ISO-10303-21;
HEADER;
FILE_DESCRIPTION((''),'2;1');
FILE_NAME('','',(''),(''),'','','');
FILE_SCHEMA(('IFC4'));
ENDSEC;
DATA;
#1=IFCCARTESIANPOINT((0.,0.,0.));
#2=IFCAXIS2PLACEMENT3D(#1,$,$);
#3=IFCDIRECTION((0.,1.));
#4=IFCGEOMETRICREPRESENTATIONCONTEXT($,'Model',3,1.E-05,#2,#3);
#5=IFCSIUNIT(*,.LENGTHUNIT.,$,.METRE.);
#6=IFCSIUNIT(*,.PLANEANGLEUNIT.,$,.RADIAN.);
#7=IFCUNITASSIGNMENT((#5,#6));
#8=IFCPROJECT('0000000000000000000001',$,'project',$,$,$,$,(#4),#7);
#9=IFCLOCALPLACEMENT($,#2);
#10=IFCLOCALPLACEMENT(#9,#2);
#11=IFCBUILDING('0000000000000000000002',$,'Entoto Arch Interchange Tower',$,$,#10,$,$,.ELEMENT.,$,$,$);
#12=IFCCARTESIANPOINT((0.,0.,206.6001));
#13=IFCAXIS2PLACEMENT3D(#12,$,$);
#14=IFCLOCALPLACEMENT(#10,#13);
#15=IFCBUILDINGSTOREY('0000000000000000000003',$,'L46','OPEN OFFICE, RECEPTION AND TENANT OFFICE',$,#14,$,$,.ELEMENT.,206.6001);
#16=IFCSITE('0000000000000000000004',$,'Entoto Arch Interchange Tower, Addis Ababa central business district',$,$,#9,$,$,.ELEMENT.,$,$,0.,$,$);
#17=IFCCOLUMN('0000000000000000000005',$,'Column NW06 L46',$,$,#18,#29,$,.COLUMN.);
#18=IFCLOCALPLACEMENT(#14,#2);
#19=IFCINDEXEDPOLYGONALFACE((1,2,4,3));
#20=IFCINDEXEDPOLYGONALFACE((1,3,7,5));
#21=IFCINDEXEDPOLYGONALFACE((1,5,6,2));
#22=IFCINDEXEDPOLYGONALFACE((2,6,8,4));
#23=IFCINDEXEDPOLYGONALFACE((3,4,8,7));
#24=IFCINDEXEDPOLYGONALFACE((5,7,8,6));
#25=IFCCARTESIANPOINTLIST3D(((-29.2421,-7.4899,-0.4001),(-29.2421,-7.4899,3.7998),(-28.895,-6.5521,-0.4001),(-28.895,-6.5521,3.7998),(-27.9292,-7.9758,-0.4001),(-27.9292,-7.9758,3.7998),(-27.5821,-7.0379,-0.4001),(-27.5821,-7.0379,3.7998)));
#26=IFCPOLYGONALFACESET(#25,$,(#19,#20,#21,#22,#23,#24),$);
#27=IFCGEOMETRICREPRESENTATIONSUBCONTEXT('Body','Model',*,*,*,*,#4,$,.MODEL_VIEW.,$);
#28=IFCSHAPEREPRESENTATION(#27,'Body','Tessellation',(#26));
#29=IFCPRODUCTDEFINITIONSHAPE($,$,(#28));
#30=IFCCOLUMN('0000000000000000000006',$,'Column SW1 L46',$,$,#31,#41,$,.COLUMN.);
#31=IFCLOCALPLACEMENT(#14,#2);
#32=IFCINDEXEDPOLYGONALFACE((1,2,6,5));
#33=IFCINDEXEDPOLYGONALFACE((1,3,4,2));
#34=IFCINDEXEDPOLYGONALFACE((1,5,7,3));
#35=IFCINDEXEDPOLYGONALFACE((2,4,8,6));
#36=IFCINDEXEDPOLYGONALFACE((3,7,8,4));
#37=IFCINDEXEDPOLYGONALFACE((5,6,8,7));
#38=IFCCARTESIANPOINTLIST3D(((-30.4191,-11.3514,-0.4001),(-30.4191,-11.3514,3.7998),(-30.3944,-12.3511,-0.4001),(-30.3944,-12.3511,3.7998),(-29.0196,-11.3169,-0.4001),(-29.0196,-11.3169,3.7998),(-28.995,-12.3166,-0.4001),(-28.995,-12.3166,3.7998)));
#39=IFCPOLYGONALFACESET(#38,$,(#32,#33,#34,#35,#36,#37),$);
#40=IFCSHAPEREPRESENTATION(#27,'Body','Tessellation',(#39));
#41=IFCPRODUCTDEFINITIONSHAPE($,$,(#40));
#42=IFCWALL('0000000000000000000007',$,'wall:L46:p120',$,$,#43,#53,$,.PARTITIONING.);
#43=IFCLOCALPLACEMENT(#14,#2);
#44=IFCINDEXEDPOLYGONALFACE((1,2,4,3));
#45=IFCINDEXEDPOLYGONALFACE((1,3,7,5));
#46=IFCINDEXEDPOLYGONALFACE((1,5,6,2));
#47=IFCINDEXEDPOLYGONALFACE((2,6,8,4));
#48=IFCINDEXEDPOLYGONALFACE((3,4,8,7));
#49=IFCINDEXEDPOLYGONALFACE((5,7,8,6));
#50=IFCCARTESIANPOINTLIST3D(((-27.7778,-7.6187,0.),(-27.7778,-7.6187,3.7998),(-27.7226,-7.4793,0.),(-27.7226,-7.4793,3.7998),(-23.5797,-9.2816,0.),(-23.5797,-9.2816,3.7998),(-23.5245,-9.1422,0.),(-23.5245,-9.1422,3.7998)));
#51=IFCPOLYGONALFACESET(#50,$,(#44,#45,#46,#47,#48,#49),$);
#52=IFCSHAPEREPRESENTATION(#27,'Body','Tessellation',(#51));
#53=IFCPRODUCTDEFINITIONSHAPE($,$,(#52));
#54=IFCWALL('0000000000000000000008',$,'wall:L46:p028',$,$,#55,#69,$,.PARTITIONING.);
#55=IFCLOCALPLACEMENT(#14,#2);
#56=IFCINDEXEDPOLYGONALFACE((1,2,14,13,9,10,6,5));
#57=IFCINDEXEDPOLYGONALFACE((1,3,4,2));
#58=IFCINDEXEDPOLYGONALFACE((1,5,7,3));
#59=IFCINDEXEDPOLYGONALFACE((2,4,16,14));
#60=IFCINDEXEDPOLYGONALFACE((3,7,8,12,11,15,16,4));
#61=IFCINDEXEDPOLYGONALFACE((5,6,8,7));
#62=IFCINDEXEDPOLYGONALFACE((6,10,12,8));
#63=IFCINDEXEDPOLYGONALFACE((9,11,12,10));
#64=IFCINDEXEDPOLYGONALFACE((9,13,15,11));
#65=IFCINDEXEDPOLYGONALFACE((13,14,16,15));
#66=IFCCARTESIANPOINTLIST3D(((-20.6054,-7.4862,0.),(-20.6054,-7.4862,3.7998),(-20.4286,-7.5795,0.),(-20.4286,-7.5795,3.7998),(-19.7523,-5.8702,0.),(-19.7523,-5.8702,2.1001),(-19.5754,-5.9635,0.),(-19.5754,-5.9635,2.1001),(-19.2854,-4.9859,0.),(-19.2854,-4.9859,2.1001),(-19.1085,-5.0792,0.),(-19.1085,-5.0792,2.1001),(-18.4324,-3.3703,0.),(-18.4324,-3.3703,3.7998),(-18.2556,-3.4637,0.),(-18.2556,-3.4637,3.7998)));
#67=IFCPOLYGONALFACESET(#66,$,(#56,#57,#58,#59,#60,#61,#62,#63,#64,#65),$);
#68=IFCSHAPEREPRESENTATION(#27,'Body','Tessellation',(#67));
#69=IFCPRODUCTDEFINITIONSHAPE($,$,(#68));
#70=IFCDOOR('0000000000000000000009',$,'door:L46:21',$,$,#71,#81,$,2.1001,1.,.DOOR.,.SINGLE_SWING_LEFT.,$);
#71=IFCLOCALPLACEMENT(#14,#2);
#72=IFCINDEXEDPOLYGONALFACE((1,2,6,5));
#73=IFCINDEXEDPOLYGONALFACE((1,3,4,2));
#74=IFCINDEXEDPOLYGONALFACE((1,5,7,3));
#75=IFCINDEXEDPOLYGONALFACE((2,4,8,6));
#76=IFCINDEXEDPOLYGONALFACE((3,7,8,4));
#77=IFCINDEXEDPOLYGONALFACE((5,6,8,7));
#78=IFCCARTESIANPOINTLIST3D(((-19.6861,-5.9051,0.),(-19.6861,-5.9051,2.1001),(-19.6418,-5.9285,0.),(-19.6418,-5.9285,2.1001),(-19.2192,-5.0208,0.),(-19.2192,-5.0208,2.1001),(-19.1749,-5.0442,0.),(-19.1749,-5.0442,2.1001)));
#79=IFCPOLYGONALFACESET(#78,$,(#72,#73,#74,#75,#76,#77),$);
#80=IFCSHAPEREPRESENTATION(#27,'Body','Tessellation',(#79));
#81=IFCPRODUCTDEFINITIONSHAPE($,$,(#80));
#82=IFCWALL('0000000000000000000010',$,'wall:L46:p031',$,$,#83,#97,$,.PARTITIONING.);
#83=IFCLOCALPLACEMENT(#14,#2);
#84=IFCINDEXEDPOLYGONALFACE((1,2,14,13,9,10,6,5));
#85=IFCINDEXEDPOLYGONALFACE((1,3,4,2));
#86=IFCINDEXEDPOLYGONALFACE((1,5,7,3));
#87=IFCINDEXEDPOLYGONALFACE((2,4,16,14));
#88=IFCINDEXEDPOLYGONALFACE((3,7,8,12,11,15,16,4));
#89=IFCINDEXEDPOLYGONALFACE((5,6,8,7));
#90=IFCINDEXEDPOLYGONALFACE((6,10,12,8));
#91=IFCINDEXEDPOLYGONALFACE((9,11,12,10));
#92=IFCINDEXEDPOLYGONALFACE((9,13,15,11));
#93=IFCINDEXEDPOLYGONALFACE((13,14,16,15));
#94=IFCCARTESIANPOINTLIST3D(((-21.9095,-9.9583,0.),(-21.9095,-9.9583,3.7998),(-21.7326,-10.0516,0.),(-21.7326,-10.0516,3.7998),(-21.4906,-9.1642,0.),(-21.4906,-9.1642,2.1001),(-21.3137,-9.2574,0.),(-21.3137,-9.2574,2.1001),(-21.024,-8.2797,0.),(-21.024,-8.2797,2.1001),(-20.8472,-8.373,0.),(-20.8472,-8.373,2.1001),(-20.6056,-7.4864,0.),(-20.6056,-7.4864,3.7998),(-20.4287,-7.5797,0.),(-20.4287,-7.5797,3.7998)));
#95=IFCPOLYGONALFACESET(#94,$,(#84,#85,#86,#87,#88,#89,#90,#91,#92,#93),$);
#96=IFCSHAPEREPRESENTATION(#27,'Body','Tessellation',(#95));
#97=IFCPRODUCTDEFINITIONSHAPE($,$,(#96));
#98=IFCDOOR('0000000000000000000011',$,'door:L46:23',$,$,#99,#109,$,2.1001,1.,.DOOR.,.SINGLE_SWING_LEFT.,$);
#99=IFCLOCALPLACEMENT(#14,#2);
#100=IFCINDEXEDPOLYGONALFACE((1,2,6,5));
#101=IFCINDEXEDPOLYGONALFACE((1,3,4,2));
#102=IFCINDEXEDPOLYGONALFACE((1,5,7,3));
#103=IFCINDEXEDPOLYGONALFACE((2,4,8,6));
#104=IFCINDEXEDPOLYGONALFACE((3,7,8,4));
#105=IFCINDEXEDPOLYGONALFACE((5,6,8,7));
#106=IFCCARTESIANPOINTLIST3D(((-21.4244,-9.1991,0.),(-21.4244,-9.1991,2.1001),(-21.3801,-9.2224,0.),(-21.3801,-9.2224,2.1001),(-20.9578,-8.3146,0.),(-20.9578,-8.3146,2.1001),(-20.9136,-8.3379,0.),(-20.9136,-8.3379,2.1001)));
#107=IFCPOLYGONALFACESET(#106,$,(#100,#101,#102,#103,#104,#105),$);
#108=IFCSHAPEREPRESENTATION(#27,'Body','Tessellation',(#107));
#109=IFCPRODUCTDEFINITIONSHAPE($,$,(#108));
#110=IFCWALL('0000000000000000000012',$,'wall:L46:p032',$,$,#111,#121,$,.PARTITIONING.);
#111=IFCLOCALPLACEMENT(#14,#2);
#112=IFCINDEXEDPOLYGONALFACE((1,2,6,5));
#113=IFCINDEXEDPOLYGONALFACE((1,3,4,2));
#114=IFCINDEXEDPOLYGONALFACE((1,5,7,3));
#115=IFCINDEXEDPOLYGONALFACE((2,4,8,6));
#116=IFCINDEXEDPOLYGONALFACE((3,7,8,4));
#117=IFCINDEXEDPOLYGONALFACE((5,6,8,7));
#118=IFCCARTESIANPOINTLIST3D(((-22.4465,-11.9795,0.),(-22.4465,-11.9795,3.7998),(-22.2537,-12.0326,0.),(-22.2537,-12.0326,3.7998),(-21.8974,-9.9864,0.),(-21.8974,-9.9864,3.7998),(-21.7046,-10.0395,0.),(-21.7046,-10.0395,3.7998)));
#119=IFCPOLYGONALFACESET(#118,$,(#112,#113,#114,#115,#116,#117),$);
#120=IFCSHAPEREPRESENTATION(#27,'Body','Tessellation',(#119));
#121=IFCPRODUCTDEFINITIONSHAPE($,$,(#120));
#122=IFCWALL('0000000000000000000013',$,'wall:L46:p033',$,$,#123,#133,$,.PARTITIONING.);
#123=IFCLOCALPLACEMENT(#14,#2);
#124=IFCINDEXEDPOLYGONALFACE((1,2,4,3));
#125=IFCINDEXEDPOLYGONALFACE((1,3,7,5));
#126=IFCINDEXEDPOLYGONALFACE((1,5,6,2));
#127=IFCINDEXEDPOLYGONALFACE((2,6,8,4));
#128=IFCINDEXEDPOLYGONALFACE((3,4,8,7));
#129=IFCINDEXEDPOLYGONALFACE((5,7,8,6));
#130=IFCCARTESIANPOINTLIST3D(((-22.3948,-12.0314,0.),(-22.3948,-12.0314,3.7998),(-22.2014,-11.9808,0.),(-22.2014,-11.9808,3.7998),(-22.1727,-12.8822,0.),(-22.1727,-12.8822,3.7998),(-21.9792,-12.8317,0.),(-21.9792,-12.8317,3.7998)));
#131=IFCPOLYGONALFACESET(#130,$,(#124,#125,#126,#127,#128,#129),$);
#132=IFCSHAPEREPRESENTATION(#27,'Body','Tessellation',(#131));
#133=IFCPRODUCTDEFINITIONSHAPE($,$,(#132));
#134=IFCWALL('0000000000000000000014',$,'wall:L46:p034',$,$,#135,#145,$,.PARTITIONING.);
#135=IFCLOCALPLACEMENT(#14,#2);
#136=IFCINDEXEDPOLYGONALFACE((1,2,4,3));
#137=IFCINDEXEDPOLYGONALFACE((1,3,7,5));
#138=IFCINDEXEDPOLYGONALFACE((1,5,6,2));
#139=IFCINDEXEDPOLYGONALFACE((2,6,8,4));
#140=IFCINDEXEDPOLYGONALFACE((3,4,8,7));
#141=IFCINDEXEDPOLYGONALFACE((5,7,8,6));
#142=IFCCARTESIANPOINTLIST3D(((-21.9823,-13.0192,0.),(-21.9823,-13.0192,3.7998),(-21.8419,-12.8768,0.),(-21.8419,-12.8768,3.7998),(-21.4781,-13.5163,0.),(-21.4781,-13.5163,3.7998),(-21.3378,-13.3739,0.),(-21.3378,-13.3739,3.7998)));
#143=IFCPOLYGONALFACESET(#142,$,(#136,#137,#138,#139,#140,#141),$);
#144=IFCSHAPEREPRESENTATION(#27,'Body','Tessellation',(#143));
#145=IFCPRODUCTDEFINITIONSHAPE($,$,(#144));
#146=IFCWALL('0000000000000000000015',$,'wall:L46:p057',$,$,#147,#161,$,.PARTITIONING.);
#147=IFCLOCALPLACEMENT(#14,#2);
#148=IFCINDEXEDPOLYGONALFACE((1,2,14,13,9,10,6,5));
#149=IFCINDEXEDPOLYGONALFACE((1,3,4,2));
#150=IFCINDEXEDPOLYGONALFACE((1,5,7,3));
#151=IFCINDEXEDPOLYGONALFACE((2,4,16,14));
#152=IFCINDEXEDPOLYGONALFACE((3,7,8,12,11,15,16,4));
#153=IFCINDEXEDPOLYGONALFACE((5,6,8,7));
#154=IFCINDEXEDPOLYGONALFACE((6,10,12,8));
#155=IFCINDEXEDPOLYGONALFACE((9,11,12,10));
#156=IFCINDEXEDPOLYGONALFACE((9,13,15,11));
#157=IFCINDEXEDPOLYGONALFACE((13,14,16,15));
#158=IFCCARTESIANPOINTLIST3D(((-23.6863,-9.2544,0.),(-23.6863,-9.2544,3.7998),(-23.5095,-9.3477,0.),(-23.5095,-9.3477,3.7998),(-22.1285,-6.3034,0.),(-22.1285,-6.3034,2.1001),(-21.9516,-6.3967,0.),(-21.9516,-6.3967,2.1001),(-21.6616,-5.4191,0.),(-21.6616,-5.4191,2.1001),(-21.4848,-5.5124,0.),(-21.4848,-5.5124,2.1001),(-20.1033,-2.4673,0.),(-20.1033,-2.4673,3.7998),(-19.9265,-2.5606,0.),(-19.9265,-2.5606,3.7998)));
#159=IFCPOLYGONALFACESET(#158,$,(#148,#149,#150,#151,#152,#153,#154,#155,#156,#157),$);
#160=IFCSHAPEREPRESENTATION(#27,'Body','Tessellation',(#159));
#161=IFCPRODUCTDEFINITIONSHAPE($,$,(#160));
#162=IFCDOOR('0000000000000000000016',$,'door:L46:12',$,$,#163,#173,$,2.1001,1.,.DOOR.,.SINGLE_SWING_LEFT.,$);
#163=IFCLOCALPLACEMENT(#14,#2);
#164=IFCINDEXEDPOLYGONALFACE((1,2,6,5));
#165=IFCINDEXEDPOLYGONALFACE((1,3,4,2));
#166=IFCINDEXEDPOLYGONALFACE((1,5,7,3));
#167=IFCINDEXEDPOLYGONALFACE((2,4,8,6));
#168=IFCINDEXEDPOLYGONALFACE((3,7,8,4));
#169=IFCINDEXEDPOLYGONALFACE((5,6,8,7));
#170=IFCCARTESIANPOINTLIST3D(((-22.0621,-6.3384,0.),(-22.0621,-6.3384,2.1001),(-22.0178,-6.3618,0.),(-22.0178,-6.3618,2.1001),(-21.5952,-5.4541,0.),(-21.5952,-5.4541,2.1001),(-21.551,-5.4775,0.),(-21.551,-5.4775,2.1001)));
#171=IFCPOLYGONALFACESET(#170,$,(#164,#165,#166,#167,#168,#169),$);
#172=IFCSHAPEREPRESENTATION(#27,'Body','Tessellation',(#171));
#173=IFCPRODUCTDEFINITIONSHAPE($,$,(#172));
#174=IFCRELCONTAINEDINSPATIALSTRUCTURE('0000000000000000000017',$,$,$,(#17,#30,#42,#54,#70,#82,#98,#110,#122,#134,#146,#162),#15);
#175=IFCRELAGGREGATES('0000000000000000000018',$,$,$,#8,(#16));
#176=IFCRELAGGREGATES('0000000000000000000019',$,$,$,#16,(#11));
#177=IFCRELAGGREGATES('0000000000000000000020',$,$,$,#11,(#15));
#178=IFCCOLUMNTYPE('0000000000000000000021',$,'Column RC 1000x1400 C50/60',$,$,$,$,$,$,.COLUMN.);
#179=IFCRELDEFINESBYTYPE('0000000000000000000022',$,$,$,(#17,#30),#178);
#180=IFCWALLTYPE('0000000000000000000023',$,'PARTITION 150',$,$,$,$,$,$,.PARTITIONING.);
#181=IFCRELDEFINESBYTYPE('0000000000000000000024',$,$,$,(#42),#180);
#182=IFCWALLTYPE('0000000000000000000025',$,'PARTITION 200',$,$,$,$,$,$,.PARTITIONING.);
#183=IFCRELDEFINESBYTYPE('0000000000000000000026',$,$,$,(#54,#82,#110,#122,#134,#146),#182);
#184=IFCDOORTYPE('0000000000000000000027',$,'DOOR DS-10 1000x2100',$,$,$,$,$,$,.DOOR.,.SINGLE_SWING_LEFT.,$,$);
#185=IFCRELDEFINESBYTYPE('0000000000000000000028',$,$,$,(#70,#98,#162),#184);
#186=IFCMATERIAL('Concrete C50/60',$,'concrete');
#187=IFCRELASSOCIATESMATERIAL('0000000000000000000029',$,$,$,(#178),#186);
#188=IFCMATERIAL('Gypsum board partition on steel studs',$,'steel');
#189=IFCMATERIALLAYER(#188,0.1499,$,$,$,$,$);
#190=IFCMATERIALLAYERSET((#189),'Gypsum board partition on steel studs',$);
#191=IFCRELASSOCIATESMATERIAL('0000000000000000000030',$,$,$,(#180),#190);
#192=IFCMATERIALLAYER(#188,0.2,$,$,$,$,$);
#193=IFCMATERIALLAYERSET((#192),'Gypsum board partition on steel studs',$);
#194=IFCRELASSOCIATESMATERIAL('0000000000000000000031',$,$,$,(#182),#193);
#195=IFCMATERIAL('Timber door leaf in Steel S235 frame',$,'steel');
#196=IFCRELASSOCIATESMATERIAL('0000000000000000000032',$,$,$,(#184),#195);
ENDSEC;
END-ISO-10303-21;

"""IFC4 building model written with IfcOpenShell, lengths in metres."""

from ifc_helpers import new_model, si_unit, direction, frame, frame_2d, origin, origin_2d, place, context, subcontext, project, spatial, rectangle, extrude, material, layer, layer_set, material_profile, profile_set, type_object, element, fill, save


model = new_model("IFC4")

# Units and contexts
model_context = context("Model", 3, precision=1e-05, world=origin(), true_north=direction((0.0, 1.0)))
body_context = subcontext(model_context, "Body", "Model", "MODEL_VIEW")
ifc_project = project(units=[si_unit("LENGTHUNIT", "METRE"), si_unit("PLANEANGLEUNIT", "RADIAN")], contexts=[model_context])

# Site, building, storey
site_placement = place(None, origin())
site = spatial("IfcSite", under=ifc_project, at=site_placement, Name="Entoto Arch Interchange Tower, Addis Ababa central business district", CompositionType="ELEMENT", RefElevation=0.0)
building_placement = place(site_placement, origin())
building = spatial("IfcBuilding", under=site, at=building_placement, Name="Entoto Arch Interchange Tower", CompositionType="ELEMENT")
storey_placement = place(building_placement, frame((0.0, 0.0, 206.6001)))
storey = spatial("IfcBuildingStorey", under=building, at=storey_placement, Name="L46", Description="OPEN OFFICE, RECEPTION AND TENANT OFFICE", CompositionType="ELEMENT", Elevation=206.6001)

# Columns
ifc_material_1 = material(Name="Concrete C50/60", Category="concrete")
ifc_material_profile = material_profile(ifc_material_1, rectangle(XDim=1.0, YDim=1.3999, at=origin_2d()))
ifc_profile_set = profile_set([ifc_material_profile], Name="Concrete C50/60")
column_type = type_object("IfcColumnType", Name="Column RC 1000x1400 C50/60", PredefinedType="COLUMN", material=ifc_profile_set)
for number, where, z_axis, x_axis, name in (
    (1, (-28.4121, -7.2639, -0.4001), (0.0, 0.0, 1.0), (0.347067, 0.93784, 0.0), "Column NW06 L46"),
    (2, (-29.707, -11.834, -0.4001), (0.0, 0.0, 1.0), (-0.024676, 0.999695, 0.0), "Column SW1 L46"),
):
    element("IfcColumn", number, at=place(storey_placement, frame(where, z_axis=z_axis, x_axis=x_axis)), inside=storey, type_object=column_type, Name=name, PredefinedType="COLUMN", context=body_context, shape_type="SweptSolid", body=[
        extrude(rectangle(XDim=1.0, YDim=1.3999, at=origin_2d()), origin(), (0.0, 0.0, 1.0), 4.2),
    ])

# Wall
ifc_material_2 = material(Name="Gypsum board partition on steel studs", Category="steel")
ifc_layer_1 = layer(ifc_material_2, 0.1499)
ifc_layer_set_1 = layer_set([ifc_layer_1], Name="Gypsum board partition on steel studs")
wall_type_1 = type_object("IfcWallType", Name="PARTITION 150", PredefinedType="PARTITIONING", material=ifc_layer_set_1)
wall_1_placement = place(storey_placement, frame((-23.552, -9.2119, 0.0), z_axis=(0.0, 0.0, 1.0), x_axis=(-0.929721, 0.368266, 0.0)))
element("IfcWall", 3, at=wall_1_placement, inside=storey, type_object=wall_type_1, Name="wall:L46:p120", PredefinedType="PARTITIONING", context=body_context, shape_type="SweptSolid", body=[
    extrude(rectangle(XDim=4.5154, YDim=0.1499, at=frame_2d((2.2578, 0.0))), origin(), (0.0, 0.0, 1.0), 3.7998),
])

# Walls, openings, doors
ifc_layer_2 = layer(ifc_material_2, 0.2)
ifc_layer_set_2 = layer_set([ifc_layer_2], Name="Gypsum board partition on steel studs")
wall_type_2 = type_object("IfcWallType", Name="PARTITION 200", PredefinedType="PARTITIONING", material=ifc_layer_set_2)
wall_2_placement = place(storey_placement, frame((-18.344, -3.417, 0.0), z_axis=(0.0, 0.0, 1.0), x_axis=(-0.46689, -0.884316, 0.0)))
wall_2 = element("IfcWall", 4, at=wall_2_placement, inside=storey, type_object=wall_type_2, Name="wall:L46:p028", PredefinedType="PARTITIONING", context=body_context, shape_type="SweptSolid", body=[
    extrude(rectangle(XDim=4.6543, YDim=0.2, at=frame_2d((2.3271, 0.0))), origin(), (0.0, 0.0, 1.0), 3.7998),
])
opening_1_placement = place(wall_2_placement, frame((1.8269, 0.0, 0.0)))
opening_1 = element("IfcOpeningElement", 5, at=opening_1_placement, cuts=wall_2, PredefinedType="OPENING", context=body_context, shape_type="SweptSolid", body=[
    extrude(rectangle(XDim=1.0, YDim=2.1001, at=frame_2d((0.5, 1.05))), frame((0.0, 0.1099, 0.0), z_axis=(0.0, -1.0, 0.0), x_axis=(1.0, 0.0, 0.0)), (0.0, 0.0, 1.0), 0.22),
])
ifc_material_3 = material(Name="Timber door leaf in Steel S235 frame", Category="steel")
door_type = type_object("IfcDoorType", Name="DOOR DS-10 1000x2100", OperationType="SINGLE_SWING_LEFT", PredefinedType="DOOR", material=ifc_material_3)
door_1_placement = place(opening_1_placement, origin())
door_1 = element("IfcDoor", 6, at=door_1_placement, inside=storey, type_object=door_type, Name="door:L46:21", OperationType="SINGLE_SWING_LEFT", OverallHeight=2.1001, OverallWidth=1.0, PredefinedType="DOOR", context=body_context, shape_type="SweptSolid", body=[
    extrude(rectangle(XDim=1.0, YDim=2.1001, at=frame_2d((0.5, 1.05))), frame((0.0, 0.0249, 0.0), z_axis=(0.0, -1.0, 0.0), x_axis=(1.0, 0.0, 0.0)), (0.0, 0.0, 1.0), 0.05),
])
fill(opening_1, door_1)
wall_3_placement = place(storey_placement, frame((-20.5171, -7.533, 0.0), z_axis=(0.0, 0.0, 1.0), x_axis=(-0.466571, -0.884484, 0.0)))
wall_3 = element("IfcWall", 7, at=wall_3_placement, inside=storey, type_object=wall_type_2, Name="wall:L46:p031", PredefinedType="PARTITIONING", context=body_context, shape_type="SweptSolid", body=[
    extrude(rectangle(XDim=2.7947, YDim=0.2, at=frame_2d((1.3975, 0.0))), origin(), (0.0, 0.0, 1.0), 3.7998),
])
opening_2_placement = place(wall_3_placement, frame((0.897, 0.0, 0.0)))
opening_2 = element("IfcOpeningElement", 8, at=opening_2_placement, cuts=wall_3, PredefinedType="OPENING", context=body_context, shape_type="SweptSolid", body=[
    extrude(rectangle(XDim=1.0, YDim=2.1001, at=frame_2d((0.5, 1.05))), frame((0.0, 0.1099, 0.0), z_axis=(0.0, -1.0, 0.0), x_axis=(1.0, 0.0, 0.0)), (0.0, 0.0, 1.0), 0.22),
])
door_2_placement = place(opening_2_placement, origin())
door_2 = element("IfcDoor", 9, at=door_2_placement, inside=storey, type_object=door_type, Name="door:L46:23", OperationType="SINGLE_SWING_LEFT", OverallHeight=2.1001, OverallWidth=1.0, PredefinedType="DOOR", context=body_context, shape_type="SweptSolid", body=[
    extrude(rectangle(XDim=1.0, YDim=2.1001, at=frame_2d((0.5, 1.05))), frame((0.0, 0.0249, 0.0), z_axis=(0.0, -1.0, 0.0), x_axis=(1.0, 0.0, 0.0)), (0.0, 0.0, 1.0), 0.05),
])
fill(opening_2, door_2)

# Walls
wall_4_placement = place(storey_placement, frame((-21.801, -10.0129, 0.0), z_axis=(0.0, 0.0, 1.0), x_axis=(-0.265585, -0.964088, 0.0)))
element("IfcWall", 10, at=wall_4_placement, inside=storey, type_object=wall_type_2, Name="wall:L46:p032", PredefinedType="PARTITIONING", context=body_context, shape_type="SweptSolid", body=[
    extrude(rectangle(XDim=2.0674, YDim=0.2, at=frame_2d((1.0337, 0.0))), origin(), (0.0, 0.0, 1.0), 3.7998),
])
wall_5_placement = place(storey_placement, frame((-22.2981, -12.0061, 0.0), z_axis=(0.0, 0.0, 1.0), x_axis=(0.252648, -0.967558, 0.0)))
element("IfcWall", 11, at=wall_5_placement, inside=storey, type_object=wall_type_2, Name="wall:L46:p033", PredefinedType="PARTITIONING", context=body_context, shape_type="SweptSolid", body=[
    extrude(rectangle(XDim=0.8794, YDim=0.2, at=frame_2d((0.4397, 0.0))), origin(), (0.0, 0.0, 1.0), 3.7998),
])
wall_6_placement = place(storey_placement, frame((-21.9121, -12.948, 0.0), z_axis=(0.0, 0.0, 1.0), x_axis=(0.712089, -0.702089, 0.0)))
element("IfcWall", 12, at=wall_6_placement, inside=storey, type_object=wall_type_2, Name="wall:L46:p034", PredefinedType="PARTITIONING", context=body_context, shape_type="SweptSolid", body=[
    extrude(rectangle(XDim=0.708, YDim=0.2, at=frame_2d((0.354, 0.0))), origin(), (0.0, 0.0, 1.0), 3.7998),
])

# Wall, opening, door
wall_7_placement = place(storey_placement, frame((-23.5979, -9.301, 0.0), z_axis=(0.0, 0.0, 1.0), x_axis=(0.466853, 0.884335, 0.0)))
wall_7 = element("IfcWall", 13, at=wall_7_placement, inside=storey, type_object=wall_type_2, Name="wall:L46:p057", PredefinedType="PARTITIONING", context=body_context, shape_type="SweptSolid", body=[
    extrude(rectangle(XDim=7.6748, YDim=0.2, at=frame_2d((3.8374, 0.0))), origin(), (0.0, 0.0, 1.0), 3.7998),
])
opening_3_placement = place(wall_7_placement, frame((3.3369, 0.0, 0.0)))
opening_3 = element("IfcOpeningElement", 14, at=opening_3_placement, cuts=wall_7, PredefinedType="OPENING", context=body_context, shape_type="SweptSolid", body=[
    extrude(rectangle(XDim=1.0, YDim=2.1001, at=frame_2d((0.5, 1.05))), frame((0.0, 0.1099, 0.0), z_axis=(0.0, -1.0, 0.0), x_axis=(1.0, 0.0, 0.0)), (0.0, 0.0, 1.0), 0.22),
])
door_3_placement = place(opening_3_placement, origin())
door_3 = element("IfcDoor", 15, at=door_3_placement, inside=storey, type_object=door_type, Name="door:L46:12", OperationType="SINGLE_SWING_LEFT", OverallHeight=2.1001, OverallWidth=1.0, PredefinedType="DOOR", context=body_context, shape_type="SweptSolid", body=[
    extrude(rectangle(XDim=1.0, YDim=2.1001, at=frame_2d((0.5, 1.05))), frame((0.0, 0.0249, 0.0), z_axis=(0.0, -1.0, 0.0), x_axis=(1.0, 0.0, 0.0)), (0.0, 0.0, 1.0), 0.05),
])
fill(opening_3, door_3)

save(model, "model.ifc")
